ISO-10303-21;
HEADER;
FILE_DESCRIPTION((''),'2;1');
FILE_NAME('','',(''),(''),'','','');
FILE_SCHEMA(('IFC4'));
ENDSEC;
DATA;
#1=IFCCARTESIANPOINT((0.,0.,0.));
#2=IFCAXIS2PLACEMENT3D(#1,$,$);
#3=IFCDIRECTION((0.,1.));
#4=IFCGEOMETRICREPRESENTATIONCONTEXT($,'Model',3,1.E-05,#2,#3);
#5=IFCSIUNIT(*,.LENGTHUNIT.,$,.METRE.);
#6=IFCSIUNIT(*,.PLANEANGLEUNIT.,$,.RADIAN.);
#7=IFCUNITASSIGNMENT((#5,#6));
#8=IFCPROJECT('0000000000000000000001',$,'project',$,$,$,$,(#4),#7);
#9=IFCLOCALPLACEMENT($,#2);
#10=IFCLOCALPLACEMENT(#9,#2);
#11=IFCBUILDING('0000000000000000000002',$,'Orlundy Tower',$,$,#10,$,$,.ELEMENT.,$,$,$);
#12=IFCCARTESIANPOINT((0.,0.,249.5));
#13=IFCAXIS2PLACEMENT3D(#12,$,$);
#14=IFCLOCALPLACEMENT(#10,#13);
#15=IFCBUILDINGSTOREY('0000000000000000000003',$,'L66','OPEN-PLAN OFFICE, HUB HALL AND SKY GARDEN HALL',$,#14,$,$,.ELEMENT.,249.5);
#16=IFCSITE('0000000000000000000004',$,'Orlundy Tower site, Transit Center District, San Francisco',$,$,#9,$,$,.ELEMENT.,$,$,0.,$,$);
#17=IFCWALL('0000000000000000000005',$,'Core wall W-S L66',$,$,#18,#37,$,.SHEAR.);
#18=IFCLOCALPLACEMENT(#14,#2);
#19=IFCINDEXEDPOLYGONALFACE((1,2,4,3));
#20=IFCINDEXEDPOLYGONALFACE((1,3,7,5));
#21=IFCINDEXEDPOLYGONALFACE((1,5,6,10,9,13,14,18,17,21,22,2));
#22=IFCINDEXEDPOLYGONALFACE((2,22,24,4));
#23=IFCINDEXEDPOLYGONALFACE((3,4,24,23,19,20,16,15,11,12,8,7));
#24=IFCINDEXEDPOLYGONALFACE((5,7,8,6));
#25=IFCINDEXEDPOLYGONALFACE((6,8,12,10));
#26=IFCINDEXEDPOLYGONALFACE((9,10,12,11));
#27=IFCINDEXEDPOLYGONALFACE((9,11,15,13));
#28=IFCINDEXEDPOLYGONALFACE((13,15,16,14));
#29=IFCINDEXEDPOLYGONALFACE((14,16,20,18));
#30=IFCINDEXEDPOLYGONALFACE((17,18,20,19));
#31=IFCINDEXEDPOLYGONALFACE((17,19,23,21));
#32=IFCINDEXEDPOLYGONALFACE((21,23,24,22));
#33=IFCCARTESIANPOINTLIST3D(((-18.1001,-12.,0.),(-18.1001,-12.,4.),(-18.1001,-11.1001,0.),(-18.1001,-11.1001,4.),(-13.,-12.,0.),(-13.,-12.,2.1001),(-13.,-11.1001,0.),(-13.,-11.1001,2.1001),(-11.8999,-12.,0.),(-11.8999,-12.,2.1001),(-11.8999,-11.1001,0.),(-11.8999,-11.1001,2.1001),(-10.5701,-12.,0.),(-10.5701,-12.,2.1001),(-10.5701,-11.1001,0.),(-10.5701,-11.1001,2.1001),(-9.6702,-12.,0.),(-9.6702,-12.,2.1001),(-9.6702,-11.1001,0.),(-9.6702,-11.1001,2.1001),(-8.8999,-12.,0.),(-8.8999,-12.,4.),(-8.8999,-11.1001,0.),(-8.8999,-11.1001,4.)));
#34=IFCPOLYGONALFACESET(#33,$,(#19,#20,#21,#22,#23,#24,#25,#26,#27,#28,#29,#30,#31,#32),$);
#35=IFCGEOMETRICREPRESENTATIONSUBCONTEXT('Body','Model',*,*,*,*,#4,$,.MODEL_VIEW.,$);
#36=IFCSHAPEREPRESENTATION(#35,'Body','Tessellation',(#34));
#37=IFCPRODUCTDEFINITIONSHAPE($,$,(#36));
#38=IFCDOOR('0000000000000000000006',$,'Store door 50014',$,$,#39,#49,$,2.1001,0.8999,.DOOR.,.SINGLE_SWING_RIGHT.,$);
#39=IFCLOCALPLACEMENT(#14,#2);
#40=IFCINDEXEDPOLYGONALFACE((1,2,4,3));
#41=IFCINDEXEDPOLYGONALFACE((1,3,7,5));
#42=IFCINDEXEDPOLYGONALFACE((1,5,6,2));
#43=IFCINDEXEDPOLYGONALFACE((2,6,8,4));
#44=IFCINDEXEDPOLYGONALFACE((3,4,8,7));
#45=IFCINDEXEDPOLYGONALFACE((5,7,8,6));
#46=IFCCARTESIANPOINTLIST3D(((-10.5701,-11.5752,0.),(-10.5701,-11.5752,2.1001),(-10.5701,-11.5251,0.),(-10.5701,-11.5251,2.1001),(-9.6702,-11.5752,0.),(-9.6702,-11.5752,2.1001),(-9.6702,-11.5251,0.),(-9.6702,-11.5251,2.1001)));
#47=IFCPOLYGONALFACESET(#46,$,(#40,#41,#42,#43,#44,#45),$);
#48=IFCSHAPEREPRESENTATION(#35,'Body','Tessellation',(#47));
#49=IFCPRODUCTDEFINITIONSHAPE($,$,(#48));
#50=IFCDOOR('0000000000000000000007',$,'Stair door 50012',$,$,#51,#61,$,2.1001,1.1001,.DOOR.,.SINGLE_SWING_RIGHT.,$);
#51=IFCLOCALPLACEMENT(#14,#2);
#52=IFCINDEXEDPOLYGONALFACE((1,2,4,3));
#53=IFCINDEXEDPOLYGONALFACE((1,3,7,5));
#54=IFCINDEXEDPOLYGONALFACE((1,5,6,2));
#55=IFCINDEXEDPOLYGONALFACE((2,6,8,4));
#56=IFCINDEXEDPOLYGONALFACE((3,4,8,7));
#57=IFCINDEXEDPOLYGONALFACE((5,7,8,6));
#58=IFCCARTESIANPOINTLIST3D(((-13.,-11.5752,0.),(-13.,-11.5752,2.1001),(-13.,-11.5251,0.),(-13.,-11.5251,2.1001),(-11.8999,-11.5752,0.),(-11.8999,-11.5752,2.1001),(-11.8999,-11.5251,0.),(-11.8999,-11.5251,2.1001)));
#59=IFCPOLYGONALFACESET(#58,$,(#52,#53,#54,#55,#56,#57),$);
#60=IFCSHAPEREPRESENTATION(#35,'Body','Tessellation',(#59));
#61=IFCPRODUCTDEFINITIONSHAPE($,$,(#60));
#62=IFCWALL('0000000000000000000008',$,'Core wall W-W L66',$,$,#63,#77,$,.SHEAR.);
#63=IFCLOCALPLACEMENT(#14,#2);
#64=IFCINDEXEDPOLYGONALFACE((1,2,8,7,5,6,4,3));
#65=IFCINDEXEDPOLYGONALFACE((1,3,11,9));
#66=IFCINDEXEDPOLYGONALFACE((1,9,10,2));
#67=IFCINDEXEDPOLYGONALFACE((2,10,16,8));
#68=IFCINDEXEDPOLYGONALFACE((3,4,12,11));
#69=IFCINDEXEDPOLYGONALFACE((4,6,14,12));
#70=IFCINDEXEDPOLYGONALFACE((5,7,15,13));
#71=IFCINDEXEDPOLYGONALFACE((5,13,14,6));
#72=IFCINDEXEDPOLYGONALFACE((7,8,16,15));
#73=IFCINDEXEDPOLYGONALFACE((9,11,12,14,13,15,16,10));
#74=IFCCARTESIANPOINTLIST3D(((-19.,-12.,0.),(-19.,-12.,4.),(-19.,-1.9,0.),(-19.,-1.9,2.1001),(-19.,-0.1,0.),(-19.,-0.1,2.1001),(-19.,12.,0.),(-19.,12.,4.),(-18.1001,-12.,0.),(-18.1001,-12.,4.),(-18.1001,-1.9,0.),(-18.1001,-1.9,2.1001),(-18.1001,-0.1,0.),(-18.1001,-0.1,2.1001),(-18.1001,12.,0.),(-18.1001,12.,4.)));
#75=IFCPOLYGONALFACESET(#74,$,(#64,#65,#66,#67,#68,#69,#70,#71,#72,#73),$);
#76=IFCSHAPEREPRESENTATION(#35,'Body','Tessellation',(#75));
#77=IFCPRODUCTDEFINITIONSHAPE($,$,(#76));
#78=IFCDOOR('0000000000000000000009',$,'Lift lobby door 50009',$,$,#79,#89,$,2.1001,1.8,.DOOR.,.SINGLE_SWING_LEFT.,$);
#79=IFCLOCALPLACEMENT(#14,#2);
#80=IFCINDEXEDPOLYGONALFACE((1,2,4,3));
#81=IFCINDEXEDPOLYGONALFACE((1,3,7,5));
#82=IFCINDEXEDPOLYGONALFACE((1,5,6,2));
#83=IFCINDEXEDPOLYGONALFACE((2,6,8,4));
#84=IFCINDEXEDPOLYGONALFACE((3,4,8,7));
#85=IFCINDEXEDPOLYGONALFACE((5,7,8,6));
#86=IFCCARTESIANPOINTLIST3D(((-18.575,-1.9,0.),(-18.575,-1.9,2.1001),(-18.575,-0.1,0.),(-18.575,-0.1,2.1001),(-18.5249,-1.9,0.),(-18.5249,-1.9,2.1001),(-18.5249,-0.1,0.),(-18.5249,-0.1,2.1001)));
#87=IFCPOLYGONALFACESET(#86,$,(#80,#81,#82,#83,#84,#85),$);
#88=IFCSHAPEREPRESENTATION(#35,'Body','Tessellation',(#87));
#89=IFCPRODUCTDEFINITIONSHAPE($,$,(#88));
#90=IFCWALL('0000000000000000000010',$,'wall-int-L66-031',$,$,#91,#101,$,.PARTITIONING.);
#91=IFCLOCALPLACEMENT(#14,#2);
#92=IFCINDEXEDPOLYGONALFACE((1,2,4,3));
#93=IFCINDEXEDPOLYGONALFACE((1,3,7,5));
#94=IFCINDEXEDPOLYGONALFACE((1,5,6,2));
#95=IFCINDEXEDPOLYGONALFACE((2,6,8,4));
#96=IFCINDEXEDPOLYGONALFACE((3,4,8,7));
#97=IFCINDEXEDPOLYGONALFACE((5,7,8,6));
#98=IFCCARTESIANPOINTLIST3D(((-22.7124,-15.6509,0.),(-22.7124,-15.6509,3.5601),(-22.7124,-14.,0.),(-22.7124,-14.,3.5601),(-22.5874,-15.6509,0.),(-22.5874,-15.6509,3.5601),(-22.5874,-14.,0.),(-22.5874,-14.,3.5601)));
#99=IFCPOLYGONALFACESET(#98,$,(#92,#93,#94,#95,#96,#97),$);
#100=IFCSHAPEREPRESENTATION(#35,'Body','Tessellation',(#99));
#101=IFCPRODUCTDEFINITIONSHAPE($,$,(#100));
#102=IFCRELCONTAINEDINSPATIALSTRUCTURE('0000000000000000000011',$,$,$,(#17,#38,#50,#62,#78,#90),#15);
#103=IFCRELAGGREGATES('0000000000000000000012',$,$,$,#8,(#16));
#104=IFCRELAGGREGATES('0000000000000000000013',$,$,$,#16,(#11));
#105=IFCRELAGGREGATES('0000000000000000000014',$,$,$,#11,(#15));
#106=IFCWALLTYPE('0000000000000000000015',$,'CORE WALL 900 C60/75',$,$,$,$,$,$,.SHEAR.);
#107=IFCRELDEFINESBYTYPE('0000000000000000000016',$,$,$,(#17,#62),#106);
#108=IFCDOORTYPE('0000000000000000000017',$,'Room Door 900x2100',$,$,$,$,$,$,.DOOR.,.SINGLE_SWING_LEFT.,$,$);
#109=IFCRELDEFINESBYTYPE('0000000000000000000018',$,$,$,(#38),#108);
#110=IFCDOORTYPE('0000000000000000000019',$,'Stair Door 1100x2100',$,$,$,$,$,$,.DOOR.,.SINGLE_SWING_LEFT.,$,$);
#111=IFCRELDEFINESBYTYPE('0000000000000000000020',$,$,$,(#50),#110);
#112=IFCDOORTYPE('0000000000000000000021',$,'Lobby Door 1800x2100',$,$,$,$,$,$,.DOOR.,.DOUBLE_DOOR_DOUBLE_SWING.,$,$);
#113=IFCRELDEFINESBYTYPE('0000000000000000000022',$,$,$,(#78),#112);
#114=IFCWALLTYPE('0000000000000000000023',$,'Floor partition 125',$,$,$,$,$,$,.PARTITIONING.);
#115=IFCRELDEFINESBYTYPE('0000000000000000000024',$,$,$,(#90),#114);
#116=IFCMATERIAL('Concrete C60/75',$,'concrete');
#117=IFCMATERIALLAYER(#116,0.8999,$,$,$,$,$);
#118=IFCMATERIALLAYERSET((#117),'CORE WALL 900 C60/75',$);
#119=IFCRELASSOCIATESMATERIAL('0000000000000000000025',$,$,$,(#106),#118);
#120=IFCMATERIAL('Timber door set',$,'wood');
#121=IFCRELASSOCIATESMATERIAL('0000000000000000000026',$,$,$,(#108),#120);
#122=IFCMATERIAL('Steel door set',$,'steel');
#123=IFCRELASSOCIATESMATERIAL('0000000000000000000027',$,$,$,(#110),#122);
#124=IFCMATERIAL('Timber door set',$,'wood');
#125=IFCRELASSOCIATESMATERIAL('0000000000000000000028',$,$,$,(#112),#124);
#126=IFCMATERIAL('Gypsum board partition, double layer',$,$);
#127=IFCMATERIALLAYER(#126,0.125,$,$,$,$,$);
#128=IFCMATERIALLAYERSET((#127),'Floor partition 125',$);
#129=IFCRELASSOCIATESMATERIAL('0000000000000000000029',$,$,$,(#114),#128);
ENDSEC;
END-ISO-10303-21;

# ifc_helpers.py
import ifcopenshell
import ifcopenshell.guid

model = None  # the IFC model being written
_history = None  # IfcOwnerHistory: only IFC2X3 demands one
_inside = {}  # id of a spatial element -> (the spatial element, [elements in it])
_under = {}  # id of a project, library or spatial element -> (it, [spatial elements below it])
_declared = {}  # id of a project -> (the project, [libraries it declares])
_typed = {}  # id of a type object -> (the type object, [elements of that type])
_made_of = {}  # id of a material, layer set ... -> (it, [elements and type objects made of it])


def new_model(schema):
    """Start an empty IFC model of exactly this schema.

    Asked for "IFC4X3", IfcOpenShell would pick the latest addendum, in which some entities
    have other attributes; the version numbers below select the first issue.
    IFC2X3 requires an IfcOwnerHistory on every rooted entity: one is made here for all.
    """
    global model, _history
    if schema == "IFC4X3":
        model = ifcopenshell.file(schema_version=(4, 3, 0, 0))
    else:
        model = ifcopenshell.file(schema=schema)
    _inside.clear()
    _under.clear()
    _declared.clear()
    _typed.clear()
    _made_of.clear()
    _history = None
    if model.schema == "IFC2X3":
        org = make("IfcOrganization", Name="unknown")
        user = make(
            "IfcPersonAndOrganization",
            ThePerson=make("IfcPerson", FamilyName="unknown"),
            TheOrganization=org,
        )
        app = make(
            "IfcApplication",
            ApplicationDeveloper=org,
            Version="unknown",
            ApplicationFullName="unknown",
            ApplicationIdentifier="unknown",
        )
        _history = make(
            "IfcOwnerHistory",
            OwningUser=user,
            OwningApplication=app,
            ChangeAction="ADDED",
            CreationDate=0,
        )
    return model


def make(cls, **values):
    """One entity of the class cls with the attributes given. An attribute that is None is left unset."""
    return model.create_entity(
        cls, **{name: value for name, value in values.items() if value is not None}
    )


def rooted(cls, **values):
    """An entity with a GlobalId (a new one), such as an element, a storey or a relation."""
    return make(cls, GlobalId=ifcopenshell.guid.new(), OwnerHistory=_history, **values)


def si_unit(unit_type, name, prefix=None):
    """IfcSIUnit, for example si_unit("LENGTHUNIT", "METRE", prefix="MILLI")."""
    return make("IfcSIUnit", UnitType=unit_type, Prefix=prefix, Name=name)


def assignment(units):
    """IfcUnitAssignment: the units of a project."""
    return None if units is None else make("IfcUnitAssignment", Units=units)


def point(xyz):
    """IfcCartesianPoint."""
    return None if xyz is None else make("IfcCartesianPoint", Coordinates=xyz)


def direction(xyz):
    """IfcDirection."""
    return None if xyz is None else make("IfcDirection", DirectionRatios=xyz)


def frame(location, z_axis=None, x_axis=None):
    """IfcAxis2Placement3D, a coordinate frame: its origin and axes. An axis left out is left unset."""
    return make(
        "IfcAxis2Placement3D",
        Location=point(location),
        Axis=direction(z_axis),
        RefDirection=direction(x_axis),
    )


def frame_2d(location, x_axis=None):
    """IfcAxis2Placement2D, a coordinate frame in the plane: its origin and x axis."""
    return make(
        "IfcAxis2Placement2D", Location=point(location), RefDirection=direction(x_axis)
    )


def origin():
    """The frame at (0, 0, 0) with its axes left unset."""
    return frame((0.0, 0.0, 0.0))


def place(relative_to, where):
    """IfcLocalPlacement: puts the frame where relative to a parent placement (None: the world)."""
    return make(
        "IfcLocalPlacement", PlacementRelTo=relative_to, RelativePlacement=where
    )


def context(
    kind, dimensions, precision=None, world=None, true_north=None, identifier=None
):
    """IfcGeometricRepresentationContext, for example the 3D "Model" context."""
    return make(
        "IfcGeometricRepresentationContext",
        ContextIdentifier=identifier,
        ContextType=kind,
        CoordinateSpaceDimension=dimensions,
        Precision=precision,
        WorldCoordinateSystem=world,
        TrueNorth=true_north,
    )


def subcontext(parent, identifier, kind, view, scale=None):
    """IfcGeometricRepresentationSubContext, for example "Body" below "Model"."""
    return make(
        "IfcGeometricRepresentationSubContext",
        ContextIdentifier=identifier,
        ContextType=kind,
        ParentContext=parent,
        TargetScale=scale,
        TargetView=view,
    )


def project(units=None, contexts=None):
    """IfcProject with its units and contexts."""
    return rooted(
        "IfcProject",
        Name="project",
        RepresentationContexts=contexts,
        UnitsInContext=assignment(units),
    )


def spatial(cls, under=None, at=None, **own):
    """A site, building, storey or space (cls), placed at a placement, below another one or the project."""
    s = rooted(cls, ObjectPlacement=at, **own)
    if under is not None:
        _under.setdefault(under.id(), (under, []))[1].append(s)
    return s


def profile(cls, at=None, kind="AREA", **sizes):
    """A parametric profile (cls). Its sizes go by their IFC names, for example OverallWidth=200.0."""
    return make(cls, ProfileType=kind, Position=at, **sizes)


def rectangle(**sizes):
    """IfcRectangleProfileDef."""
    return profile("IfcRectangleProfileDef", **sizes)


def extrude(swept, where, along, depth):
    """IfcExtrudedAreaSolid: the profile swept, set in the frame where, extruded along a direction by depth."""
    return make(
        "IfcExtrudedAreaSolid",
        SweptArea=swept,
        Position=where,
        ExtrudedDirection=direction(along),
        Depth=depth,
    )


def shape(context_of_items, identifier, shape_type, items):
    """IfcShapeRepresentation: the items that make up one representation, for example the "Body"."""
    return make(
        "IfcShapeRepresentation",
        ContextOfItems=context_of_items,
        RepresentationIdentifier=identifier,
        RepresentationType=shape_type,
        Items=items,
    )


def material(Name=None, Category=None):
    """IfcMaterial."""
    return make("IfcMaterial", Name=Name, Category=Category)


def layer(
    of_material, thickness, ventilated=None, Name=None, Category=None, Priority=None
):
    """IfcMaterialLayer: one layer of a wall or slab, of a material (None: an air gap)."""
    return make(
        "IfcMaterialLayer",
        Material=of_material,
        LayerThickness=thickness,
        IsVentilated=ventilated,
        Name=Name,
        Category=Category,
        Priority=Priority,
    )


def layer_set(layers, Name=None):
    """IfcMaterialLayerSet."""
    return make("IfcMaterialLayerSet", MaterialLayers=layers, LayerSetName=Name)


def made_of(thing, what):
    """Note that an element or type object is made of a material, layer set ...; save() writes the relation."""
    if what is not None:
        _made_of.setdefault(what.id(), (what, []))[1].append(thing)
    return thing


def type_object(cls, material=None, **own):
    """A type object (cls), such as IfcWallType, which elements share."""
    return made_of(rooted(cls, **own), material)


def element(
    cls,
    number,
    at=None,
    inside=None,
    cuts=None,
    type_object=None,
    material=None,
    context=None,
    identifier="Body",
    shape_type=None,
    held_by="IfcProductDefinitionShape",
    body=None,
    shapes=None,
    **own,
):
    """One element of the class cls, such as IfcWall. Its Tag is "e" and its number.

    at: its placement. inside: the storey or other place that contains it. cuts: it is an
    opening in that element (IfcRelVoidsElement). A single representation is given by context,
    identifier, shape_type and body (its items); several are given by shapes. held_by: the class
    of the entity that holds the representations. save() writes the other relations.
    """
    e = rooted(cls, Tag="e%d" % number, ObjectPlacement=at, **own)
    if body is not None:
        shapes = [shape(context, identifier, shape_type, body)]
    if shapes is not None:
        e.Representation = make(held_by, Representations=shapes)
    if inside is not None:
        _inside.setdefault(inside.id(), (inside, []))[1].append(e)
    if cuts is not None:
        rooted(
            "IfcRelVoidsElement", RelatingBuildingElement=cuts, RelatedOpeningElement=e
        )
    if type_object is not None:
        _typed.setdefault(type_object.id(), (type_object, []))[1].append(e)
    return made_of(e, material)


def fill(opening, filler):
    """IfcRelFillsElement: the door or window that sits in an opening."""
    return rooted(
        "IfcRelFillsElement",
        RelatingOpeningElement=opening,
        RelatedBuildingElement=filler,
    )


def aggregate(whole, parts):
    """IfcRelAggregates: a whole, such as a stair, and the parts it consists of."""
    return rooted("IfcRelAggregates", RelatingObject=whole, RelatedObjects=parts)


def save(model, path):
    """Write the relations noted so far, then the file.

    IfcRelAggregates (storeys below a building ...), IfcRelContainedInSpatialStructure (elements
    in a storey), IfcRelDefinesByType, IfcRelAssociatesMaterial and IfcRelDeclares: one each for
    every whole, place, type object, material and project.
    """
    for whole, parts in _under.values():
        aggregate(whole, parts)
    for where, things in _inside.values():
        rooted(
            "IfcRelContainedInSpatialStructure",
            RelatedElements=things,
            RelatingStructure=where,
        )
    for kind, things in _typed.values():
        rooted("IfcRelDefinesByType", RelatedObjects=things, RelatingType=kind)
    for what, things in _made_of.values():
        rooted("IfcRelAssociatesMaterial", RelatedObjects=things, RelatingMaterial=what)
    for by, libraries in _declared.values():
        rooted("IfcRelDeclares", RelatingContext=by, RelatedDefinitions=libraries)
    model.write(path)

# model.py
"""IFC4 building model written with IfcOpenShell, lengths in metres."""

from ifc_helpers import new_model, si_unit, direction, frame, frame_2d, origin, place, context, subcontext, project, spatial, rectangle, extrude, material, layer, layer_set, type_object, element, fill, save


model = new_model("IFC4")

# Units and contexts
model_context = context("Model", 3, precision=1e-05, world=origin(), true_north=direction((0.0, 1.0)))
body_context = subcontext(model_context, "Body", "Model", "MODEL_VIEW")
ifc_project = project(units=[si_unit("LENGTHUNIT", "METRE"), si_unit("PLANEANGLEUNIT", "RADIAN")], contexts=[model_context])

# Site, building, storey
site_placement = place(None, origin())
site = spatial("IfcSite", under=ifc_project, at=site_placement, Name="Orlundy Tower site, Transit Center District, San Francisco", CompositionType="ELEMENT", RefElevation=0.0)
building_placement = place(site_placement, origin())
building = spatial("IfcBuilding", under=site, at=building_placement, Name="Orlundy Tower", CompositionType="ELEMENT")
storey_placement = place(building_placement, frame((0.0, 0.0, 249.5)))
storey = spatial("IfcBuildingStorey", under=building, at=storey_placement, Name="L66", Description="OPEN-PLAN OFFICE, HUB HALL AND SKY GARDEN HALL", CompositionType="ELEMENT", Elevation=249.5)

# Wall, openings, doors
ifc_material_1 = material(Name="Concrete C60/75", Category="concrete")
ifc_layer_1 = layer(ifc_material_1, 0.8999)
ifc_layer_set_1 = layer_set([ifc_layer_1], Name="CORE WALL 900 C60/75")
wall_type_1 = type_object("IfcWallType", Name="CORE WALL 900 C60/75", PredefinedType="SHEAR", material=ifc_layer_set_1)
wall_1_placement = place(storey_placement, frame((-18.1001, -11.55, 0.0), z_axis=(0.0, 0.0, 1.0), x_axis=(1.0, 0.0, 0.0)))
wall_1 = element("IfcWall", 1, at=wall_1_placement, inside=storey, type_object=wall_type_1, Name="Core wall W-S L66", PredefinedType="SHEAR", context=body_context, shape_type="SweptSolid", body=[
    extrude(rectangle(XDim=9.2002, YDim=0.8999, at=frame_2d((4.6001, 0.0))), origin(), (0.0, 0.0, 1.0), 4.0),
])
opening_1_placement = place(wall_1_placement, frame((5.1001, 0.0, 0.0)))
opening_1 = element("IfcOpeningElement", 2, at=opening_1_placement, cuts=wall_1, PredefinedType="OPENING", context=body_context, shape_type="SweptSolid", body=[
    extrude(rectangle(XDim=1.1001, YDim=2.1001, at=frame_2d((0.55, 1.05))), frame((0.0, 0.46, 0.0), z_axis=(0.0, -1.0, 0.0), x_axis=(1.0, 0.0, 0.0)), (0.0, 0.0, 1.0), 0.9199),
])
opening_2_placement = place(wall_1_placement, frame((7.53, 0.0, 0.0)))
opening_2 = element("IfcOpeningElement", 3, at=opening_2_placement, cuts=wall_1, PredefinedType="OPENING", context=body_context, shape_type="SweptSolid", body=[
    extrude(rectangle(XDim=0.8999, YDim=2.1001, at=frame_2d((0.45, 1.05))), frame((0.0, 0.46, 0.0), z_axis=(0.0, -1.0, 0.0), x_axis=(1.0, 0.0, 0.0)), (0.0, 0.0, 1.0), 0.9199),
])
ifc_material_2 = material(Name="Timber door set", Category="wood")
door_type_1 = type_object("IfcDoorType", Name="Room Door 900x2100", OperationType="SINGLE_SWING_LEFT", PredefinedType="DOOR", material=ifc_material_2)
door_1_placement = place(opening_2_placement, origin())
door_1 = element("IfcDoor", 4, at=door_1_placement, inside=storey, type_object=door_type_1, Name="Store door 50014", OperationType="SINGLE_SWING_RIGHT", OverallHeight=2.1001, OverallWidth=0.8999, PredefinedType="DOOR", context=body_context, shape_type="SweptSolid", body=[
    extrude(rectangle(XDim=0.8999, YDim=2.1001, at=frame_2d((0.45, 1.05))), frame((0.0, 0.0249, 0.0), z_axis=(0.0, -1.0, 0.0), x_axis=(1.0, 0.0, 0.0)), (0.0, 0.0, 1.0), 0.05),
])
fill(opening_2, door_1)
ifc_material_3 = material(Name="Steel door set", Category="steel")
door_type_2 = type_object("IfcDoorType", Name="Stair Door 1100x2100", OperationType="SINGLE_SWING_LEFT", PredefinedType="DOOR", material=ifc_material_3)
door_2_placement = place(opening_1_placement, origin())
door_2 = element("IfcDoor", 5, at=door_2_placement, inside=storey, type_object=door_type_2, Name="Stair door 50012", OperationType="SINGLE_SWING_RIGHT", OverallHeight=2.1001, OverallWidth=1.1001, PredefinedType="DOOR", context=body_context, shape_type="SweptSolid", body=[
    extrude(rectangle(XDim=1.1001, YDim=2.1001, at=frame_2d((0.55, 1.05))), frame((0.0, 0.0249, 0.0), z_axis=(0.0, -1.0, 0.0), x_axis=(1.0, 0.0, 0.0)), (0.0, 0.0, 1.0), 0.05),
])
fill(opening_1, door_2)

# Wall, opening, door
wall_2_placement = place(storey_placement, frame((-18.55, -12.0, 0.0), z_axis=(0.0, 0.0, 1.0), x_axis=(0.0, 1.0, 0.0)))
wall_2 = element("IfcWall", 6, at=wall_2_placement, inside=storey, type_object=wall_type_1, Name="Core wall W-W L66", PredefinedType="SHEAR", context=body_context, shape_type="SweptSolid", body=[
    extrude(rectangle(XDim=24.0, YDim=0.8999, at=frame_2d((12.0, 0.0))), origin(), (0.0, 0.0, 1.0), 4.0),
])
opening_3_placement = place(wall_2_placement, frame((10.1001, 0.0, 0.0)))
opening_3 = element("IfcOpeningElement", 7, at=opening_3_placement, cuts=wall_2, PredefinedType="OPENING", context=body_context, shape_type="SweptSolid", body=[
    extrude(rectangle(XDim=1.8, YDim=2.1001, at=frame_2d((0.8999, 1.05))), frame((0.0, 0.46, 0.0), z_axis=(0.0, -1.0, 0.0), x_axis=(1.0, 0.0, 0.0)), (0.0, 0.0, 1.0), 0.9199),
])
ifc_material_4 = material(Name="Timber door set", Category="wood")
door_type_3 = type_object("IfcDoorType", Name="Lobby Door 1800x2100", OperationType="DOUBLE_DOOR_DOUBLE_SWING", PredefinedType="DOOR", material=ifc_material_4)
door_3_placement = place(opening_3_placement, origin())
door_3 = element("IfcDoor", 8, at=door_3_placement, inside=storey, type_object=door_type_3, Name="Lift lobby door 50009", OperationType="SINGLE_SWING_LEFT", OverallHeight=2.1001, OverallWidth=1.8, PredefinedType="DOOR", context=body_context, shape_type="SweptSolid", body=[
    extrude(rectangle(XDim=1.8, YDim=2.1001, at=frame_2d((0.8999, 1.05))), frame((0.0, 0.0249, 0.0), z_axis=(0.0, -1.0, 0.0), x_axis=(1.0, 0.0, 0.0)), (0.0, 0.0, 1.0), 0.05),
])
fill(opening_3, door_3)

# Wall
ifc_material_5 = material(Name="Gypsum board partition, double layer")
ifc_layer_2 = layer(ifc_material_5, 0.125)
ifc_layer_set_2 = layer_set([ifc_layer_2], Name="Floor partition 125")
wall_type_2 = type_object("IfcWallType", Name="Floor partition 125", PredefinedType="PARTITIONING", material=ifc_layer_set_2)
wall_3_placement = place(storey_placement, frame((-22.6499, -15.6509, 0.0), z_axis=(0.0, 0.0, 1.0), x_axis=(0.0, 1.0, 0.0)))
element("IfcWall", 9, at=wall_3_placement, inside=storey, type_object=wall_type_2, Name="wall-int-L66-031", PredefinedType="PARTITIONING", context=body_context, shape_type="SweptSolid", body=[
    extrude(rectangle(XDim=1.6509, YDim=0.125, at=frame_2d((0.8254, 0.0))), origin(), (0.0, 0.0, 1.0), 3.5601),
])

save(model, "model.ifc")
